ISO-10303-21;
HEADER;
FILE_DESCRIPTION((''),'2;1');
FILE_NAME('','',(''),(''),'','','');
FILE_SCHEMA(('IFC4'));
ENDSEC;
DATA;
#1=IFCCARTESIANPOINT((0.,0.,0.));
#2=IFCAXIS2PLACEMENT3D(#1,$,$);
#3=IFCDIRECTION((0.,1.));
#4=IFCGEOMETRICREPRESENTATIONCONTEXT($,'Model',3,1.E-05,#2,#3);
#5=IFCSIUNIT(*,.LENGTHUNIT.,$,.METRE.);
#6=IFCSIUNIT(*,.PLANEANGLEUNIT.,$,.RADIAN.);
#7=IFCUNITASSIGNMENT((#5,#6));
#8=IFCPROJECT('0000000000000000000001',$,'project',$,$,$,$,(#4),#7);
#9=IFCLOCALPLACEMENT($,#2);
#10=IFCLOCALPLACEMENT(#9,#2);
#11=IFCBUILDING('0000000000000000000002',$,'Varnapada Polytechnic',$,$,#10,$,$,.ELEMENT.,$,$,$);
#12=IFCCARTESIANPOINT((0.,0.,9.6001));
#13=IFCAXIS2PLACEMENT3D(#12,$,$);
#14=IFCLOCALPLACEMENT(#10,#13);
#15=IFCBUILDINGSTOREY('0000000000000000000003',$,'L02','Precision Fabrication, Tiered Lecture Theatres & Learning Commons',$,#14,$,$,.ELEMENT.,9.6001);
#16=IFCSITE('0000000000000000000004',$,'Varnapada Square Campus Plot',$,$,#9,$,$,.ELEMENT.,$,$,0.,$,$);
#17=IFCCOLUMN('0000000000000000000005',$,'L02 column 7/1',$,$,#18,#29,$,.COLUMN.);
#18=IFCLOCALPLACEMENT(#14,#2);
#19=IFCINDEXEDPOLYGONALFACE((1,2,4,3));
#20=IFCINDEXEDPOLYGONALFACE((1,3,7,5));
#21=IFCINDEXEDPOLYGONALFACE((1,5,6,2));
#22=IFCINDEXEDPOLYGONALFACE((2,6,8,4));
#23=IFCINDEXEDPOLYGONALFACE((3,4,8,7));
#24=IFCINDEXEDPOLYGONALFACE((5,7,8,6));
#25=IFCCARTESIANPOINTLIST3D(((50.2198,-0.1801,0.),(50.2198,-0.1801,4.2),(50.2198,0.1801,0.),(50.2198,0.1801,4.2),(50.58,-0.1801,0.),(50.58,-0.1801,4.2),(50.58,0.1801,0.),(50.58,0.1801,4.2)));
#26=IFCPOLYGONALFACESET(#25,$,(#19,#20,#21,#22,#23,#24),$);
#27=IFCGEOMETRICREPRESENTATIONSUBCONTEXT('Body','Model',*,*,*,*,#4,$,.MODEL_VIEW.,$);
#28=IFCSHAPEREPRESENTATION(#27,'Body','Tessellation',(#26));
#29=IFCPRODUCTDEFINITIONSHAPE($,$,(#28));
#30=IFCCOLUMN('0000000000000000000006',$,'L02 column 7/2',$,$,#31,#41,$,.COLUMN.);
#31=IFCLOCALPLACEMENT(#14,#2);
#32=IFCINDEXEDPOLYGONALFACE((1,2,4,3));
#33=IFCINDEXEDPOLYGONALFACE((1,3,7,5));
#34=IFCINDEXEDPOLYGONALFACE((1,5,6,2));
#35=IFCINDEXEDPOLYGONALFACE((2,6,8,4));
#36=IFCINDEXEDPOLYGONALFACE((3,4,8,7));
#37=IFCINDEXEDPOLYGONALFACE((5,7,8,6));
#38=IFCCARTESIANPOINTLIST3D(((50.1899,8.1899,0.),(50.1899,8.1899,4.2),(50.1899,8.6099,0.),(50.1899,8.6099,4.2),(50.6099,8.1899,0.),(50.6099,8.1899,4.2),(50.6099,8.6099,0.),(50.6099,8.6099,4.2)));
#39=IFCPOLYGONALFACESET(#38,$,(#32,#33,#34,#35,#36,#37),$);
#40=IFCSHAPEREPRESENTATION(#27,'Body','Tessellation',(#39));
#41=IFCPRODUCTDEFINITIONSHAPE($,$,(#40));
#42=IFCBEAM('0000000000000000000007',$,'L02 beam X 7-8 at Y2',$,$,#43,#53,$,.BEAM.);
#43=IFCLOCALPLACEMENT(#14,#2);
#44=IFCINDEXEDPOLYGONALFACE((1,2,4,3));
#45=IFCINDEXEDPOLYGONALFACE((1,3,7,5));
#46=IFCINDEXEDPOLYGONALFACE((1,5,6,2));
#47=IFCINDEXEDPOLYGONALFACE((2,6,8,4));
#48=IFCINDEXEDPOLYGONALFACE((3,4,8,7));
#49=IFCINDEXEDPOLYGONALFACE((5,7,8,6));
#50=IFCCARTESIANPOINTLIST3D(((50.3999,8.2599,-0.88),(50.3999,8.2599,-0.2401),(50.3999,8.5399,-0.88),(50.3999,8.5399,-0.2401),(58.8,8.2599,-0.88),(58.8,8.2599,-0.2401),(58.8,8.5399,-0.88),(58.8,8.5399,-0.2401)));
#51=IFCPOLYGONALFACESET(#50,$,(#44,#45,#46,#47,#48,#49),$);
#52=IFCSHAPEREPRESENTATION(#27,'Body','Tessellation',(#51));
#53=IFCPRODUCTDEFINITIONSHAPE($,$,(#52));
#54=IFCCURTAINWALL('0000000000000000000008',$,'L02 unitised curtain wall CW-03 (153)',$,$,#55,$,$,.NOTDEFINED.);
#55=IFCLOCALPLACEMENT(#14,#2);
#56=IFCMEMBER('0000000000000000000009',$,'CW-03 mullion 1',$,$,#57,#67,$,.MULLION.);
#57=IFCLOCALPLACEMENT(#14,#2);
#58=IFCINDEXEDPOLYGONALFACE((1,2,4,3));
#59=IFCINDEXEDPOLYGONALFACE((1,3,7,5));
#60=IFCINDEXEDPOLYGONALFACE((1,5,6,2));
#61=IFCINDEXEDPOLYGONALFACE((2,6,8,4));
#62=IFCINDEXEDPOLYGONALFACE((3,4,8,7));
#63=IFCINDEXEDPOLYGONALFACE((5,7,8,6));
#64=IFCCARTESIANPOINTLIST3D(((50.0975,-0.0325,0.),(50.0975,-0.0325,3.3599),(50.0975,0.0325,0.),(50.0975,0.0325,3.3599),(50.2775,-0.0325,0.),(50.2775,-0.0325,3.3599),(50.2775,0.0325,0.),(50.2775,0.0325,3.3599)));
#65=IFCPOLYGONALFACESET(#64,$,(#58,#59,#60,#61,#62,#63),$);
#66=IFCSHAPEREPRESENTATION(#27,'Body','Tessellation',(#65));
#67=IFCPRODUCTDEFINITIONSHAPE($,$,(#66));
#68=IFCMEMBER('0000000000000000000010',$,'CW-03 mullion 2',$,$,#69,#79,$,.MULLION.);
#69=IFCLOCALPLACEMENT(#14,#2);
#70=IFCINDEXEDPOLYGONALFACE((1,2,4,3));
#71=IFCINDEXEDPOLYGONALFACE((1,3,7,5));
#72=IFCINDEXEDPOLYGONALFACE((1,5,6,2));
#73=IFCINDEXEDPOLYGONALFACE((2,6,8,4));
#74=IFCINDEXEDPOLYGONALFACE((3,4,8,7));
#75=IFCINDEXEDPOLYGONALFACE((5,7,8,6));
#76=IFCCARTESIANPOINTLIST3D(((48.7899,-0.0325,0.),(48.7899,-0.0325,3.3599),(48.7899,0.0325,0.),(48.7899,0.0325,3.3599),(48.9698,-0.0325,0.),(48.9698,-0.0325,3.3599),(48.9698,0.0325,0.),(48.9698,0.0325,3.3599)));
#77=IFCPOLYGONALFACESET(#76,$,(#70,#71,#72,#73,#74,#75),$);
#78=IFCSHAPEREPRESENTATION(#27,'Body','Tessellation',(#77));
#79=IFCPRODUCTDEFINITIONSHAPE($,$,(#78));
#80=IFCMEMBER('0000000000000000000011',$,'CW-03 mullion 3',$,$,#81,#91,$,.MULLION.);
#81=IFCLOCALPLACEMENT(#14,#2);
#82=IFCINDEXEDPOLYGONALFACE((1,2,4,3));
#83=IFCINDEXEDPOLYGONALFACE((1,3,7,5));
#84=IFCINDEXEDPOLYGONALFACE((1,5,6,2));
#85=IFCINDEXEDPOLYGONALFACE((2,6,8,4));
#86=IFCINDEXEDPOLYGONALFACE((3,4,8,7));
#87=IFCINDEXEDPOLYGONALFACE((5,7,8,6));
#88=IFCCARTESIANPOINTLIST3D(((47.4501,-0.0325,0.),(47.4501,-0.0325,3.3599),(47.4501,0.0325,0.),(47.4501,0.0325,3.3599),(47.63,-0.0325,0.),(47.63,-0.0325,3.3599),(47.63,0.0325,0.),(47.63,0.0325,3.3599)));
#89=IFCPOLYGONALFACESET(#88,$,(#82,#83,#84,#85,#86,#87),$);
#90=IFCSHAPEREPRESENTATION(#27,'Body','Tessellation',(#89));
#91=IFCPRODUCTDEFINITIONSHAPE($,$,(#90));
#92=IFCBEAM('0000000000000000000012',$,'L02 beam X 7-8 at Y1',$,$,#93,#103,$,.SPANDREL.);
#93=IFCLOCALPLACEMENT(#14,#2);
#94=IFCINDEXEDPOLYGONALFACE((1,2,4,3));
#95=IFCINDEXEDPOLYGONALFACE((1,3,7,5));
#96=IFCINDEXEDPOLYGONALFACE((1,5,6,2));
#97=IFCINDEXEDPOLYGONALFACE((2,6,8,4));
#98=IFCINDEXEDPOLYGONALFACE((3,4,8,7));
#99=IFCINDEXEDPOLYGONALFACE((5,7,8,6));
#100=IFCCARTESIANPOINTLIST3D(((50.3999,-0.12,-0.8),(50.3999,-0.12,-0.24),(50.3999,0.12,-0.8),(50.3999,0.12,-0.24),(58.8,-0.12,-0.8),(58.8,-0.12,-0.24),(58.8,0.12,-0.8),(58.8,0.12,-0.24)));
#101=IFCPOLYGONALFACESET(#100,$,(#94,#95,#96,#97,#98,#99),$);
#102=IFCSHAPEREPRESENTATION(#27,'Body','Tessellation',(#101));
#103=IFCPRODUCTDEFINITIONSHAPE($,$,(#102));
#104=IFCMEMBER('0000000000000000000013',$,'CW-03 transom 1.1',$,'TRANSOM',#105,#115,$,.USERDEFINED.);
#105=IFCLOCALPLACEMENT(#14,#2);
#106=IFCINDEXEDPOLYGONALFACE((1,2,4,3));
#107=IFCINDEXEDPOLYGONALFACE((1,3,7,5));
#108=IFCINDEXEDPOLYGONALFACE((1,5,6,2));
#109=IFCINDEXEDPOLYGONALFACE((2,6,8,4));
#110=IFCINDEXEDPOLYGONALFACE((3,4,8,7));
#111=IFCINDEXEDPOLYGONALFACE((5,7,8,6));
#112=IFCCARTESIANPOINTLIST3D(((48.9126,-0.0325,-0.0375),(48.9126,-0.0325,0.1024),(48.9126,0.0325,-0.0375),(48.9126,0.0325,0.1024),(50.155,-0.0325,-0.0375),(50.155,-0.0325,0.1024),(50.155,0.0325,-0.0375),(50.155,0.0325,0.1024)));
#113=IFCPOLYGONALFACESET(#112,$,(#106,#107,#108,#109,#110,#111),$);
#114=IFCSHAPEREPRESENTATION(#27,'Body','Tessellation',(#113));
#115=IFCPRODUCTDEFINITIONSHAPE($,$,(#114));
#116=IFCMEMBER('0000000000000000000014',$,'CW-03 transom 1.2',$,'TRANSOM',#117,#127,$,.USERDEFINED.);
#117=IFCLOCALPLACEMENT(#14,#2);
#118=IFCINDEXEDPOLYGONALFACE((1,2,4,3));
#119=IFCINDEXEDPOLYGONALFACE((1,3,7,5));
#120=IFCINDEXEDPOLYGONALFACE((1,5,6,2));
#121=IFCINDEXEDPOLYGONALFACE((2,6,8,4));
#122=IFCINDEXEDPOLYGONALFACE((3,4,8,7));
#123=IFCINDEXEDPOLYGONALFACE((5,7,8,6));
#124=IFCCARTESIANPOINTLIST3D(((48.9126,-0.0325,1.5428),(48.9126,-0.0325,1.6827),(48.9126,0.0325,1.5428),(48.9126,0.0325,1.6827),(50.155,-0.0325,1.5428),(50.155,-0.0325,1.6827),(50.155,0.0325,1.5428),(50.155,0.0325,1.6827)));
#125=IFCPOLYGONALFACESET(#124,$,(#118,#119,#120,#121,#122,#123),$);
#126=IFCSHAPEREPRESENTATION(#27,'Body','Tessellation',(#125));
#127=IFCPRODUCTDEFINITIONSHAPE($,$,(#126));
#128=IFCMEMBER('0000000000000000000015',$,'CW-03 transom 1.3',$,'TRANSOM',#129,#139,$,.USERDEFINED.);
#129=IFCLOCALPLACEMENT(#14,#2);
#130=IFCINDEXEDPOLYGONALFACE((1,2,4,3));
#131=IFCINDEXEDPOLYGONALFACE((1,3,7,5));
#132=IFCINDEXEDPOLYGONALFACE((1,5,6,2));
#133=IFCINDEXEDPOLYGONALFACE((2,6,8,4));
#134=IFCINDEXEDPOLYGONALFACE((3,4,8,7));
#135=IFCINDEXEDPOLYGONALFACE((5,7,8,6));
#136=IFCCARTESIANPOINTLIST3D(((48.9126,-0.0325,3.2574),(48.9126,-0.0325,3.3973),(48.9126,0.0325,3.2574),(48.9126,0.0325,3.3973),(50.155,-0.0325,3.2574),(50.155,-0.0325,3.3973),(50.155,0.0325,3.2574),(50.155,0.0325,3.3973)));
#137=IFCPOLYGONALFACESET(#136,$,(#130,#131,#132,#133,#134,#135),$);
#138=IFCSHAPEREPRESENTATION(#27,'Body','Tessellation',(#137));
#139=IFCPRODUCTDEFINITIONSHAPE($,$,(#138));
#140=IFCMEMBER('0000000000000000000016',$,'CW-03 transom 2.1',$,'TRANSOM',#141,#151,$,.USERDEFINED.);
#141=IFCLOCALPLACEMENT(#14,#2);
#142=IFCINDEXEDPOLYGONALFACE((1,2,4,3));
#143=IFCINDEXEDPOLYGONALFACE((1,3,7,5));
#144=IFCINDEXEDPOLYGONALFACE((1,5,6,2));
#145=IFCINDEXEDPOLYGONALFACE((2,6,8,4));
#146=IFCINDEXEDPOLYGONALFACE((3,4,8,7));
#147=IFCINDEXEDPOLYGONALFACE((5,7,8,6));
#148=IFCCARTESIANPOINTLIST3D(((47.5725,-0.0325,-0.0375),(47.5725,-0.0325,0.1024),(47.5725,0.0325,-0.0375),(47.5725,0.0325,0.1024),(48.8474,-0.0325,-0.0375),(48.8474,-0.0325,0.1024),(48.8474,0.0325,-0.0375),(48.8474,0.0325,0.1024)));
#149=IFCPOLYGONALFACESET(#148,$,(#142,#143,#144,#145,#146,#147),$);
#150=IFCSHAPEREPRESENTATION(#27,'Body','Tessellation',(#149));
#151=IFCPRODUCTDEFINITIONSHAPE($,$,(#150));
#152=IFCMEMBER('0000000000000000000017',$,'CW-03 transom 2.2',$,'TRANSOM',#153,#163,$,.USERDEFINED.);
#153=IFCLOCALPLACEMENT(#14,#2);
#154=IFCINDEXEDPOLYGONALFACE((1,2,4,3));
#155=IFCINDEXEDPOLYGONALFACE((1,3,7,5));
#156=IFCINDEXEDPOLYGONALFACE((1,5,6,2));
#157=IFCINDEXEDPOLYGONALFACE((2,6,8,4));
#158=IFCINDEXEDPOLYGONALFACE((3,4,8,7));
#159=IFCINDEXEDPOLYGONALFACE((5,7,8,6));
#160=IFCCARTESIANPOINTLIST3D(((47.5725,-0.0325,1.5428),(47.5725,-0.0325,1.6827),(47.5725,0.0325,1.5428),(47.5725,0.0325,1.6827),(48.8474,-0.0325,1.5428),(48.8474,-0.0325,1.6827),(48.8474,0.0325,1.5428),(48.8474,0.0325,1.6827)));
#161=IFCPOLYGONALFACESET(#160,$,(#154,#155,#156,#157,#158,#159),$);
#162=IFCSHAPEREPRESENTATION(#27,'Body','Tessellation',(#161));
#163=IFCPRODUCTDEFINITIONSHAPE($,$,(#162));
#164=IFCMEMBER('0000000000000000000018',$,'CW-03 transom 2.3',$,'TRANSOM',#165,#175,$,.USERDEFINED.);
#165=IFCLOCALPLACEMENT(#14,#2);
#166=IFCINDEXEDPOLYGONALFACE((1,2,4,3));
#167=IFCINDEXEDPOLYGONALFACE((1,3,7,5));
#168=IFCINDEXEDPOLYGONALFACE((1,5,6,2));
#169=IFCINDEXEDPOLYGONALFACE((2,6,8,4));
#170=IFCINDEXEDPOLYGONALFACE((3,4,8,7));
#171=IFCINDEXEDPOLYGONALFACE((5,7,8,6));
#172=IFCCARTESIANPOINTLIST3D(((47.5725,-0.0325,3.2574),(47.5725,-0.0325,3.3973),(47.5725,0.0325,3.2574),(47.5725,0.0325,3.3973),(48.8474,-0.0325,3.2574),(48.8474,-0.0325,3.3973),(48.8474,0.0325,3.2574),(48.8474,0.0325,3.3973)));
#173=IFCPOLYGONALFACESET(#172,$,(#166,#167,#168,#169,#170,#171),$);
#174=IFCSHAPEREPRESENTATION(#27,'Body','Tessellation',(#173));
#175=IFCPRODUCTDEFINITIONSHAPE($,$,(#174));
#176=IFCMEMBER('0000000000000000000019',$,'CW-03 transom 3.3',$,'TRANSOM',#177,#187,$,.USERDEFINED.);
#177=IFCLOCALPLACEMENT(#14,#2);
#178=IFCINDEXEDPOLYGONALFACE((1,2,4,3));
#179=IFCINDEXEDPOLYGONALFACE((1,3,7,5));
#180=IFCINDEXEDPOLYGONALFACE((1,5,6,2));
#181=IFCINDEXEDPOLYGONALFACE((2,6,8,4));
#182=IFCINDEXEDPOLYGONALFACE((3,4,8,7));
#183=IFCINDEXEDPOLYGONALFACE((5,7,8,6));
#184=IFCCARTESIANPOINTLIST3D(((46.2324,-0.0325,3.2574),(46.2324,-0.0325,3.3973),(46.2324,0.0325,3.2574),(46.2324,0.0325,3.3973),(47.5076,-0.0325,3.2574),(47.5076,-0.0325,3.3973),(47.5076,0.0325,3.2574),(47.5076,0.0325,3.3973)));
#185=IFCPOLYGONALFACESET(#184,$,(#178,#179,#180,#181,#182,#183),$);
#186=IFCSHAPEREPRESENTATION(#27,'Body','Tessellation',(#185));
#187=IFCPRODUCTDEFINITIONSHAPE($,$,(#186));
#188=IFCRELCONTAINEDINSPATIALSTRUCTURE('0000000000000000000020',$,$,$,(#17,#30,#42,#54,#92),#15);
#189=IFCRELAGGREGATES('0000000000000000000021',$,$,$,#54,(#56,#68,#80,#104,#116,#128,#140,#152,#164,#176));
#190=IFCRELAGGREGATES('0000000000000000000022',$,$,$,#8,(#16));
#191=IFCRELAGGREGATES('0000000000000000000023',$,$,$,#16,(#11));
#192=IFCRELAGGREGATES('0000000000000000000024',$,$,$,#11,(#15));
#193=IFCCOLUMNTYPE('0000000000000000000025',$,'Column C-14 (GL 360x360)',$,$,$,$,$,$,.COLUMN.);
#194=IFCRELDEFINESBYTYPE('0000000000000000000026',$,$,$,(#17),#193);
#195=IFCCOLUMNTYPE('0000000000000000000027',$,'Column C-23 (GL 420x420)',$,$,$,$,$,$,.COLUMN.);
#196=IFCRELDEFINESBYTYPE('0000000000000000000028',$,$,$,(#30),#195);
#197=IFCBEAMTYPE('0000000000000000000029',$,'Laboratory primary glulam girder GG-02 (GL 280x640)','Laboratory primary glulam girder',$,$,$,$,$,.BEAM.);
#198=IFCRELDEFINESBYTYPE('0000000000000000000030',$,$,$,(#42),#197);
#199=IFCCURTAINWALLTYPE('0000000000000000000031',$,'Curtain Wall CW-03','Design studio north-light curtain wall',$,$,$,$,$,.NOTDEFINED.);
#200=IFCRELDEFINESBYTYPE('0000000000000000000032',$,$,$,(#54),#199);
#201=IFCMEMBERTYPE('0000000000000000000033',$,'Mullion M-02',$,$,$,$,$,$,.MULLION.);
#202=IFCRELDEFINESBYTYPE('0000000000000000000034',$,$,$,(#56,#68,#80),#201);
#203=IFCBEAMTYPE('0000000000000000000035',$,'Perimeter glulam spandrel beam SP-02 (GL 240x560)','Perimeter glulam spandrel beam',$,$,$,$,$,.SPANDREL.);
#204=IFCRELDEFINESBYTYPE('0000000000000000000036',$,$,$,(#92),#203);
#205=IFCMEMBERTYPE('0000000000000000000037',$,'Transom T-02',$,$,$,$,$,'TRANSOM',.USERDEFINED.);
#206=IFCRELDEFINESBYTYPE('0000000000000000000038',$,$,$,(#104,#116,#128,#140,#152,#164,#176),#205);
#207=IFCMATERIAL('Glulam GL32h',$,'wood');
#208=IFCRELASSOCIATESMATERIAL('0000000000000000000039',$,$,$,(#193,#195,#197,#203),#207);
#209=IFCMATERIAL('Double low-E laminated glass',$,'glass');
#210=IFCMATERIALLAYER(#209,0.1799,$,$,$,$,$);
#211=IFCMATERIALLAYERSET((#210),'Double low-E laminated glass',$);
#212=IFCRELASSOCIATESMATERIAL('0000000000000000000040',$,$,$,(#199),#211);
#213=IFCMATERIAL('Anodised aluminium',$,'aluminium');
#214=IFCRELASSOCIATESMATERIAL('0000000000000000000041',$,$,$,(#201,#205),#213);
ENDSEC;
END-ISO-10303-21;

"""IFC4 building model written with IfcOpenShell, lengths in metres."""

from ifc_helpers import new_model, si_unit, direction, frame, origin, origin_2d, place, context, subcontext, project, spatial, rectangle, extrude, material, layer, layer_set, material_profile, profile_set, type_object, element, aggregate, save


model = new_model("IFC4")

# Units and contexts
model_context = context("Model", 3, precision=1e-05, world=origin(), true_north=direction((0.0, 1.0)))
body_context = subcontext(model_context, "Body", "Model", "MODEL_VIEW")
ifc_project = project(units=[si_unit("LENGTHUNIT", "METRE"), si_unit("PLANEANGLEUNIT", "RADIAN")], contexts=[model_context])

# Site, building, storey
site_placement = place(None, origin())
site = spatial("IfcSite", under=ifc_project, at=site_placement, Name="Varnapada Square Campus Plot", CompositionType="ELEMENT", RefElevation=0.0)
building_placement = place(site_placement, origin())
building = spatial("IfcBuilding", under=site, at=building_placement, Name="Varnapada Polytechnic", CompositionType="ELEMENT")
storey_placement = place(building_placement, frame((0.0, 0.0, 9.6001)))
storey = spatial("IfcBuildingStorey", under=building, at=storey_placement, Name="L02", Description="Precision Fabrication, Tiered Lecture Theatres & Learning Commons", CompositionType="ELEMENT", Elevation=9.6001)

# Columns
ifc_material_1 = material(Name="Glulam GL32h", Category="wood")
ifc_material_profile_1 = material_profile(ifc_material_1, rectangle(XDim=0.3601, YDim=0.3601, at=origin_2d()), Name="GL 360x360")
ifc_profile_set_1 = profile_set([ifc_material_profile_1], Name="Glulam GL32h")
column_type_1 = type_object("IfcColumnType", Name="Column C-14 (GL 360x360)", PredefinedType="COLUMN", material=ifc_profile_set_1)
column_1_placement = place(storey_placement, frame((50.3999, 0.0, 0.0), z_axis=(0.0, 0.0, 1.0), x_axis=(1.0, 0.0, 0.0)))
element("IfcColumn", 1, at=column_1_placement, inside=storey, type_object=column_type_1, Name="L02 column 7/1", PredefinedType="COLUMN", context=body_context, shape_type="SweptSolid", body=[
    extrude(rectangle(XDim=0.3601, YDim=0.3601, at=origin_2d()), origin(), (0.0, 0.0, 1.0), 4.2),
])
ifc_material_profile_2 = material_profile(ifc_material_1, rectangle(XDim=0.4199, YDim=0.4199, at=origin_2d()), Name="GL 420x420")
ifc_profile_set_2 = profile_set([ifc_material_profile_2], Name="Glulam GL32h")
column_type_2 = type_object("IfcColumnType", Name="Column C-23 (GL 420x420)", PredefinedType="COLUMN", material=ifc_profile_set_2)
column_2_placement = place(storey_placement, frame((50.3999, 8.3999, 0.0), z_axis=(0.0, 0.0, 1.0), x_axis=(1.0, 0.0, 0.0)))
element("IfcColumn", 2, at=column_2_placement, inside=storey, type_object=column_type_2, Name="L02 column 7/2", PredefinedType="COLUMN", context=body_context, shape_type="SweptSolid", body=[
    extrude(rectangle(XDim=0.4199, YDim=0.4199, at=origin_2d()), origin(), (0.0, 0.0, 1.0), 4.2),
])

# Beam
ifc_material_profile_3 = material_profile(ifc_material_1, rectangle(XDim=0.28, YDim=0.6399, at=origin_2d()), Name="GL 280x640")
ifc_profile_set_3 = profile_set([ifc_material_profile_3], Name="Glulam GL32h")
beam_type_1 = type_object("IfcBeamType", Name="Laboratory primary glulam girder GG-02 (GL 280x640)", Description="Laboratory primary glulam girder", PredefinedType="BEAM", material=ifc_profile_set_3)
beam_1_placement = place(storey_placement, frame((50.3999, 8.3999, -0.5601), z_axis=(1.0, 0.0, 0.0), x_axis=(0.0, 1.0, 0.0)))
element("IfcBeam", 3, at=beam_1_placement, inside=storey, type_object=beam_type_1, Name="L02 beam X 7-8 at Y2", PredefinedType="BEAM", context=body_context, shape_type="SweptSolid", body=[
    extrude(rectangle(XDim=0.28, YDim=0.6399, at=origin_2d()), origin(), (0.0, 0.0, 1.0), 8.4001),
])

# Curtain wall, members
ifc_material_2 = material(Name="Double low-E laminated glass", Category="glass")
ifc_layer_1 = layer(ifc_material_2, 0.1799)
ifc_layer_set_1 = layer_set([ifc_layer_1], Name="Double low-E laminated glass")
curtain_wall_type = type_object("IfcCurtainWallType", Name="Curtain Wall CW-03", Description="Design studio north-light curtain wall", PredefinedType="NOTDEFINED", material=ifc_layer_set_1)
curtain_wall_placement = place(storey_placement, origin())
curtain_wall = element("IfcCurtainWall", 4, at=curtain_wall_placement, inside=storey, type_object=curtain_wall_type, Name="L02 unitised curtain wall CW-03 (153)", PredefinedType="NOTDEFINED")
ifc_material_3 = material(Name="Anodised aluminium", Category="aluminium")
ifc_material_profile_4 = material_profile(ifc_material_3, rectangle(XDim=0.0649, YDim=0.1799, at=origin_2d()), Name="ALU M65x180")
ifc_profile_set_4 = profile_set([ifc_material_profile_4], Name="Anodised aluminium")
member_type_1 = type_object("IfcMemberType", Name="Mullion M-02", PredefinedType="MULLION", material=ifc_profile_set_4)
member_1_placement = place(storey_placement, frame((50.1875, 0.0, 0.0), z_axis=(0.0, 0.0, 1.0), x_axis=(0.0, -1.0, 0.0)))
member_1 = element("IfcMember", 5, at=member_1_placement, type_object=member_type_1, Name="CW-03 mullion 1", PredefinedType="MULLION", context=body_context, shape_type="SweptSolid", body=[
    extrude(rectangle(XDim=0.0649, YDim=0.1799, at=origin_2d()), origin(), (0.0, 0.0, 1.0), 3.3599),
])
member_2_placement = place(storey_placement, frame((48.8799, 0.0, 0.0), z_axis=(0.0, 0.0, 1.0), x_axis=(0.0, -1.0, 0.0)))
member_2 = element("IfcMember", 6, at=member_2_placement, type_object=member_type_1, Name="CW-03 mullion 2", PredefinedType="MULLION", context=body_context, shape_type="SweptSolid", body=[
    extrude(rectangle(XDim=0.0649, YDim=0.1799, at=origin_2d()), origin(), (0.0, 0.0, 1.0), 3.3599),
])
member_3_placement = place(storey_placement, frame((47.54, 0.0, 0.0), z_axis=(0.0, 0.0, 1.0), x_axis=(0.0, -1.0, 0.0)))
member_3 = element("IfcMember", 7, at=member_3_placement, type_object=member_type_1, Name="CW-03 mullion 3", PredefinedType="MULLION", context=body_context, shape_type="SweptSolid", body=[
    extrude(rectangle(XDim=0.0649, YDim=0.1799, at=origin_2d()), origin(), (0.0, 0.0, 1.0), 3.3599),
])

# Beam
ifc_material_profile_5 = material_profile(ifc_material_1, rectangle(XDim=0.24, YDim=0.5601, at=origin_2d()), Name="GL 240x560")
ifc_profile_set_5 = profile_set([ifc_material_profile_5], Name="Glulam GL32h")
beam_type_2 = type_object("IfcBeamType", Name="Perimeter glulam spandrel beam SP-02 (GL 240x560)", Description="Perimeter glulam spandrel beam", PredefinedType="SPANDREL", material=ifc_profile_set_5)
beam_2_placement = place(storey_placement, frame((50.3999, 0.0, -0.52), z_axis=(1.0, 0.0, 0.0), x_axis=(0.0, 1.0, 0.0)))
element("IfcBeam", 8, at=beam_2_placement, inside=storey, type_object=beam_type_2, Name="L02 beam X 7-8 at Y1", PredefinedType="SPANDREL", context=body_context, shape_type="SweptSolid", body=[
    extrude(rectangle(XDim=0.24, YDim=0.5601, at=origin_2d()), origin(), (0.0, 0.0, 1.0), 8.4001),
])

# Members
ifc_material_profile_6 = material_profile(ifc_material_3, rectangle(XDim=0.0649, YDim=0.1399, at=origin_2d()), Name="ALU T65x140")
ifc_profile_set_6 = profile_set([ifc_material_profile_6], Name="Anodised aluminium")
member_type_2 = type_object("IfcMemberType", Name="Transom T-02", ElementType="TRANSOM", PredefinedType="USERDEFINED", material=ifc_profile_set_6)
member_4_placement = place(storey_placement, frame((50.155, 0.0, 0.0325), z_axis=(-1.0, 0.0, 0.0), x_axis=(0.0, -1.0, 0.0)))
member_4 = element("IfcMember", 9, at=member_4_placement, type_object=member_type_2, Name="CW-03 transom 1.1", ObjectType="TRANSOM", PredefinedType="USERDEFINED", context=body_context, shape_type="SweptSolid", body=[
    extrude(rectangle(XDim=0.0649, YDim=0.1399, at=origin_2d()), origin(), (0.0, 0.0, 1.0), 1.2424),
])
member_5_placement = place(storey_placement, frame((50.155, 0.0, 1.6128), z_axis=(-1.0, 0.0, 0.0), x_axis=(0.0, -1.0, 0.0)))
member_5 = element("IfcMember", 10, at=member_5_placement, type_object=member_type_2, Name="CW-03 transom 1.2", ObjectType="TRANSOM", PredefinedType="USERDEFINED", context=body_context, shape_type="SweptSolid", body=[
    extrude(rectangle(XDim=0.0649, YDim=0.1399, at=origin_2d()), origin(), (0.0, 0.0, 1.0), 1.2424),
])
member_6_placement = place(storey_placement, frame((50.155, 0.0, 3.3274), z_axis=(-1.0, 0.0, 0.0), x_axis=(0.0, -1.0, 0.0)))
member_6 = element("IfcMember", 11, at=member_6_placement, type_object=member_type_2, Name="CW-03 transom 1.3", ObjectType="TRANSOM", PredefinedType="USERDEFINED", context=body_context, shape_type="SweptSolid", body=[
    extrude(rectangle(XDim=0.0649, YDim=0.1399, at=origin_2d()), origin(), (0.0, 0.0, 1.0), 1.2424),
])
member_7_placement = place(storey_placement, frame((48.8474, 0.0, 0.0325), z_axis=(-1.0, 0.0, 0.0), x_axis=(0.0, -1.0, 0.0)))
member_7 = element("IfcMember", 12, at=member_7_placement, type_object=member_type_2, Name="CW-03 transom 2.1", ObjectType="TRANSOM", PredefinedType="USERDEFINED", context=body_context, shape_type="SweptSolid", body=[
    extrude(rectangle(XDim=0.0649, YDim=0.1399, at=origin_2d()), origin(), (0.0, 0.0, 1.0), 1.2749),
])
member_8_placement = place(storey_placement, frame((48.8474, 0.0, 1.6128), z_axis=(-1.0, 0.0, 0.0), x_axis=(0.0, -1.0, 0.0)))
member_8 = element("IfcMember", 13, at=member_8_placement, type_object=member_type_2, Name="CW-03 transom 2.2", ObjectType="TRANSOM", PredefinedType="USERDEFINED", context=body_context, shape_type="SweptSolid", body=[
    extrude(rectangle(XDim=0.0649, YDim=0.1399, at=origin_2d()), origin(), (0.0, 0.0, 1.0), 1.2749),
])
member_9_placement = place(storey_placement, frame((48.8474, 0.0, 3.3274), z_axis=(-1.0, 0.0, 0.0), x_axis=(0.0, -1.0, 0.0)))
member_9 = element("IfcMember", 14, at=member_9_placement, type_object=member_type_2, Name="CW-03 transom 2.3", ObjectType="TRANSOM", PredefinedType="USERDEFINED", context=body_context, shape_type="SweptSolid", body=[
    extrude(rectangle(XDim=0.0649, YDim=0.1399, at=origin_2d()), origin(), (0.0, 0.0, 1.0), 1.2749),
])
member_10_placement = place(storey_placement, frame((47.5076, 0.0, 3.3274), z_axis=(-1.0, 0.0, 0.0), x_axis=(0.0, -1.0, 0.0)))
member_10 = element("IfcMember", 15, at=member_10_placement, type_object=member_type_2, Name="CW-03 transom 3.3", ObjectType="TRANSOM", PredefinedType="USERDEFINED", context=body_context, shape_type="SweptSolid", body=[
    extrude(rectangle(XDim=0.0649, YDim=0.1399, at=origin_2d()), origin(), (0.0, 0.0, 1.0), 1.2751),
])

aggregate(curtain_wall, [member_1, member_2, member_3, member_4, member_5, member_6, member_7, member_8, member_9, member_10])

save(model, "model.ifc")
